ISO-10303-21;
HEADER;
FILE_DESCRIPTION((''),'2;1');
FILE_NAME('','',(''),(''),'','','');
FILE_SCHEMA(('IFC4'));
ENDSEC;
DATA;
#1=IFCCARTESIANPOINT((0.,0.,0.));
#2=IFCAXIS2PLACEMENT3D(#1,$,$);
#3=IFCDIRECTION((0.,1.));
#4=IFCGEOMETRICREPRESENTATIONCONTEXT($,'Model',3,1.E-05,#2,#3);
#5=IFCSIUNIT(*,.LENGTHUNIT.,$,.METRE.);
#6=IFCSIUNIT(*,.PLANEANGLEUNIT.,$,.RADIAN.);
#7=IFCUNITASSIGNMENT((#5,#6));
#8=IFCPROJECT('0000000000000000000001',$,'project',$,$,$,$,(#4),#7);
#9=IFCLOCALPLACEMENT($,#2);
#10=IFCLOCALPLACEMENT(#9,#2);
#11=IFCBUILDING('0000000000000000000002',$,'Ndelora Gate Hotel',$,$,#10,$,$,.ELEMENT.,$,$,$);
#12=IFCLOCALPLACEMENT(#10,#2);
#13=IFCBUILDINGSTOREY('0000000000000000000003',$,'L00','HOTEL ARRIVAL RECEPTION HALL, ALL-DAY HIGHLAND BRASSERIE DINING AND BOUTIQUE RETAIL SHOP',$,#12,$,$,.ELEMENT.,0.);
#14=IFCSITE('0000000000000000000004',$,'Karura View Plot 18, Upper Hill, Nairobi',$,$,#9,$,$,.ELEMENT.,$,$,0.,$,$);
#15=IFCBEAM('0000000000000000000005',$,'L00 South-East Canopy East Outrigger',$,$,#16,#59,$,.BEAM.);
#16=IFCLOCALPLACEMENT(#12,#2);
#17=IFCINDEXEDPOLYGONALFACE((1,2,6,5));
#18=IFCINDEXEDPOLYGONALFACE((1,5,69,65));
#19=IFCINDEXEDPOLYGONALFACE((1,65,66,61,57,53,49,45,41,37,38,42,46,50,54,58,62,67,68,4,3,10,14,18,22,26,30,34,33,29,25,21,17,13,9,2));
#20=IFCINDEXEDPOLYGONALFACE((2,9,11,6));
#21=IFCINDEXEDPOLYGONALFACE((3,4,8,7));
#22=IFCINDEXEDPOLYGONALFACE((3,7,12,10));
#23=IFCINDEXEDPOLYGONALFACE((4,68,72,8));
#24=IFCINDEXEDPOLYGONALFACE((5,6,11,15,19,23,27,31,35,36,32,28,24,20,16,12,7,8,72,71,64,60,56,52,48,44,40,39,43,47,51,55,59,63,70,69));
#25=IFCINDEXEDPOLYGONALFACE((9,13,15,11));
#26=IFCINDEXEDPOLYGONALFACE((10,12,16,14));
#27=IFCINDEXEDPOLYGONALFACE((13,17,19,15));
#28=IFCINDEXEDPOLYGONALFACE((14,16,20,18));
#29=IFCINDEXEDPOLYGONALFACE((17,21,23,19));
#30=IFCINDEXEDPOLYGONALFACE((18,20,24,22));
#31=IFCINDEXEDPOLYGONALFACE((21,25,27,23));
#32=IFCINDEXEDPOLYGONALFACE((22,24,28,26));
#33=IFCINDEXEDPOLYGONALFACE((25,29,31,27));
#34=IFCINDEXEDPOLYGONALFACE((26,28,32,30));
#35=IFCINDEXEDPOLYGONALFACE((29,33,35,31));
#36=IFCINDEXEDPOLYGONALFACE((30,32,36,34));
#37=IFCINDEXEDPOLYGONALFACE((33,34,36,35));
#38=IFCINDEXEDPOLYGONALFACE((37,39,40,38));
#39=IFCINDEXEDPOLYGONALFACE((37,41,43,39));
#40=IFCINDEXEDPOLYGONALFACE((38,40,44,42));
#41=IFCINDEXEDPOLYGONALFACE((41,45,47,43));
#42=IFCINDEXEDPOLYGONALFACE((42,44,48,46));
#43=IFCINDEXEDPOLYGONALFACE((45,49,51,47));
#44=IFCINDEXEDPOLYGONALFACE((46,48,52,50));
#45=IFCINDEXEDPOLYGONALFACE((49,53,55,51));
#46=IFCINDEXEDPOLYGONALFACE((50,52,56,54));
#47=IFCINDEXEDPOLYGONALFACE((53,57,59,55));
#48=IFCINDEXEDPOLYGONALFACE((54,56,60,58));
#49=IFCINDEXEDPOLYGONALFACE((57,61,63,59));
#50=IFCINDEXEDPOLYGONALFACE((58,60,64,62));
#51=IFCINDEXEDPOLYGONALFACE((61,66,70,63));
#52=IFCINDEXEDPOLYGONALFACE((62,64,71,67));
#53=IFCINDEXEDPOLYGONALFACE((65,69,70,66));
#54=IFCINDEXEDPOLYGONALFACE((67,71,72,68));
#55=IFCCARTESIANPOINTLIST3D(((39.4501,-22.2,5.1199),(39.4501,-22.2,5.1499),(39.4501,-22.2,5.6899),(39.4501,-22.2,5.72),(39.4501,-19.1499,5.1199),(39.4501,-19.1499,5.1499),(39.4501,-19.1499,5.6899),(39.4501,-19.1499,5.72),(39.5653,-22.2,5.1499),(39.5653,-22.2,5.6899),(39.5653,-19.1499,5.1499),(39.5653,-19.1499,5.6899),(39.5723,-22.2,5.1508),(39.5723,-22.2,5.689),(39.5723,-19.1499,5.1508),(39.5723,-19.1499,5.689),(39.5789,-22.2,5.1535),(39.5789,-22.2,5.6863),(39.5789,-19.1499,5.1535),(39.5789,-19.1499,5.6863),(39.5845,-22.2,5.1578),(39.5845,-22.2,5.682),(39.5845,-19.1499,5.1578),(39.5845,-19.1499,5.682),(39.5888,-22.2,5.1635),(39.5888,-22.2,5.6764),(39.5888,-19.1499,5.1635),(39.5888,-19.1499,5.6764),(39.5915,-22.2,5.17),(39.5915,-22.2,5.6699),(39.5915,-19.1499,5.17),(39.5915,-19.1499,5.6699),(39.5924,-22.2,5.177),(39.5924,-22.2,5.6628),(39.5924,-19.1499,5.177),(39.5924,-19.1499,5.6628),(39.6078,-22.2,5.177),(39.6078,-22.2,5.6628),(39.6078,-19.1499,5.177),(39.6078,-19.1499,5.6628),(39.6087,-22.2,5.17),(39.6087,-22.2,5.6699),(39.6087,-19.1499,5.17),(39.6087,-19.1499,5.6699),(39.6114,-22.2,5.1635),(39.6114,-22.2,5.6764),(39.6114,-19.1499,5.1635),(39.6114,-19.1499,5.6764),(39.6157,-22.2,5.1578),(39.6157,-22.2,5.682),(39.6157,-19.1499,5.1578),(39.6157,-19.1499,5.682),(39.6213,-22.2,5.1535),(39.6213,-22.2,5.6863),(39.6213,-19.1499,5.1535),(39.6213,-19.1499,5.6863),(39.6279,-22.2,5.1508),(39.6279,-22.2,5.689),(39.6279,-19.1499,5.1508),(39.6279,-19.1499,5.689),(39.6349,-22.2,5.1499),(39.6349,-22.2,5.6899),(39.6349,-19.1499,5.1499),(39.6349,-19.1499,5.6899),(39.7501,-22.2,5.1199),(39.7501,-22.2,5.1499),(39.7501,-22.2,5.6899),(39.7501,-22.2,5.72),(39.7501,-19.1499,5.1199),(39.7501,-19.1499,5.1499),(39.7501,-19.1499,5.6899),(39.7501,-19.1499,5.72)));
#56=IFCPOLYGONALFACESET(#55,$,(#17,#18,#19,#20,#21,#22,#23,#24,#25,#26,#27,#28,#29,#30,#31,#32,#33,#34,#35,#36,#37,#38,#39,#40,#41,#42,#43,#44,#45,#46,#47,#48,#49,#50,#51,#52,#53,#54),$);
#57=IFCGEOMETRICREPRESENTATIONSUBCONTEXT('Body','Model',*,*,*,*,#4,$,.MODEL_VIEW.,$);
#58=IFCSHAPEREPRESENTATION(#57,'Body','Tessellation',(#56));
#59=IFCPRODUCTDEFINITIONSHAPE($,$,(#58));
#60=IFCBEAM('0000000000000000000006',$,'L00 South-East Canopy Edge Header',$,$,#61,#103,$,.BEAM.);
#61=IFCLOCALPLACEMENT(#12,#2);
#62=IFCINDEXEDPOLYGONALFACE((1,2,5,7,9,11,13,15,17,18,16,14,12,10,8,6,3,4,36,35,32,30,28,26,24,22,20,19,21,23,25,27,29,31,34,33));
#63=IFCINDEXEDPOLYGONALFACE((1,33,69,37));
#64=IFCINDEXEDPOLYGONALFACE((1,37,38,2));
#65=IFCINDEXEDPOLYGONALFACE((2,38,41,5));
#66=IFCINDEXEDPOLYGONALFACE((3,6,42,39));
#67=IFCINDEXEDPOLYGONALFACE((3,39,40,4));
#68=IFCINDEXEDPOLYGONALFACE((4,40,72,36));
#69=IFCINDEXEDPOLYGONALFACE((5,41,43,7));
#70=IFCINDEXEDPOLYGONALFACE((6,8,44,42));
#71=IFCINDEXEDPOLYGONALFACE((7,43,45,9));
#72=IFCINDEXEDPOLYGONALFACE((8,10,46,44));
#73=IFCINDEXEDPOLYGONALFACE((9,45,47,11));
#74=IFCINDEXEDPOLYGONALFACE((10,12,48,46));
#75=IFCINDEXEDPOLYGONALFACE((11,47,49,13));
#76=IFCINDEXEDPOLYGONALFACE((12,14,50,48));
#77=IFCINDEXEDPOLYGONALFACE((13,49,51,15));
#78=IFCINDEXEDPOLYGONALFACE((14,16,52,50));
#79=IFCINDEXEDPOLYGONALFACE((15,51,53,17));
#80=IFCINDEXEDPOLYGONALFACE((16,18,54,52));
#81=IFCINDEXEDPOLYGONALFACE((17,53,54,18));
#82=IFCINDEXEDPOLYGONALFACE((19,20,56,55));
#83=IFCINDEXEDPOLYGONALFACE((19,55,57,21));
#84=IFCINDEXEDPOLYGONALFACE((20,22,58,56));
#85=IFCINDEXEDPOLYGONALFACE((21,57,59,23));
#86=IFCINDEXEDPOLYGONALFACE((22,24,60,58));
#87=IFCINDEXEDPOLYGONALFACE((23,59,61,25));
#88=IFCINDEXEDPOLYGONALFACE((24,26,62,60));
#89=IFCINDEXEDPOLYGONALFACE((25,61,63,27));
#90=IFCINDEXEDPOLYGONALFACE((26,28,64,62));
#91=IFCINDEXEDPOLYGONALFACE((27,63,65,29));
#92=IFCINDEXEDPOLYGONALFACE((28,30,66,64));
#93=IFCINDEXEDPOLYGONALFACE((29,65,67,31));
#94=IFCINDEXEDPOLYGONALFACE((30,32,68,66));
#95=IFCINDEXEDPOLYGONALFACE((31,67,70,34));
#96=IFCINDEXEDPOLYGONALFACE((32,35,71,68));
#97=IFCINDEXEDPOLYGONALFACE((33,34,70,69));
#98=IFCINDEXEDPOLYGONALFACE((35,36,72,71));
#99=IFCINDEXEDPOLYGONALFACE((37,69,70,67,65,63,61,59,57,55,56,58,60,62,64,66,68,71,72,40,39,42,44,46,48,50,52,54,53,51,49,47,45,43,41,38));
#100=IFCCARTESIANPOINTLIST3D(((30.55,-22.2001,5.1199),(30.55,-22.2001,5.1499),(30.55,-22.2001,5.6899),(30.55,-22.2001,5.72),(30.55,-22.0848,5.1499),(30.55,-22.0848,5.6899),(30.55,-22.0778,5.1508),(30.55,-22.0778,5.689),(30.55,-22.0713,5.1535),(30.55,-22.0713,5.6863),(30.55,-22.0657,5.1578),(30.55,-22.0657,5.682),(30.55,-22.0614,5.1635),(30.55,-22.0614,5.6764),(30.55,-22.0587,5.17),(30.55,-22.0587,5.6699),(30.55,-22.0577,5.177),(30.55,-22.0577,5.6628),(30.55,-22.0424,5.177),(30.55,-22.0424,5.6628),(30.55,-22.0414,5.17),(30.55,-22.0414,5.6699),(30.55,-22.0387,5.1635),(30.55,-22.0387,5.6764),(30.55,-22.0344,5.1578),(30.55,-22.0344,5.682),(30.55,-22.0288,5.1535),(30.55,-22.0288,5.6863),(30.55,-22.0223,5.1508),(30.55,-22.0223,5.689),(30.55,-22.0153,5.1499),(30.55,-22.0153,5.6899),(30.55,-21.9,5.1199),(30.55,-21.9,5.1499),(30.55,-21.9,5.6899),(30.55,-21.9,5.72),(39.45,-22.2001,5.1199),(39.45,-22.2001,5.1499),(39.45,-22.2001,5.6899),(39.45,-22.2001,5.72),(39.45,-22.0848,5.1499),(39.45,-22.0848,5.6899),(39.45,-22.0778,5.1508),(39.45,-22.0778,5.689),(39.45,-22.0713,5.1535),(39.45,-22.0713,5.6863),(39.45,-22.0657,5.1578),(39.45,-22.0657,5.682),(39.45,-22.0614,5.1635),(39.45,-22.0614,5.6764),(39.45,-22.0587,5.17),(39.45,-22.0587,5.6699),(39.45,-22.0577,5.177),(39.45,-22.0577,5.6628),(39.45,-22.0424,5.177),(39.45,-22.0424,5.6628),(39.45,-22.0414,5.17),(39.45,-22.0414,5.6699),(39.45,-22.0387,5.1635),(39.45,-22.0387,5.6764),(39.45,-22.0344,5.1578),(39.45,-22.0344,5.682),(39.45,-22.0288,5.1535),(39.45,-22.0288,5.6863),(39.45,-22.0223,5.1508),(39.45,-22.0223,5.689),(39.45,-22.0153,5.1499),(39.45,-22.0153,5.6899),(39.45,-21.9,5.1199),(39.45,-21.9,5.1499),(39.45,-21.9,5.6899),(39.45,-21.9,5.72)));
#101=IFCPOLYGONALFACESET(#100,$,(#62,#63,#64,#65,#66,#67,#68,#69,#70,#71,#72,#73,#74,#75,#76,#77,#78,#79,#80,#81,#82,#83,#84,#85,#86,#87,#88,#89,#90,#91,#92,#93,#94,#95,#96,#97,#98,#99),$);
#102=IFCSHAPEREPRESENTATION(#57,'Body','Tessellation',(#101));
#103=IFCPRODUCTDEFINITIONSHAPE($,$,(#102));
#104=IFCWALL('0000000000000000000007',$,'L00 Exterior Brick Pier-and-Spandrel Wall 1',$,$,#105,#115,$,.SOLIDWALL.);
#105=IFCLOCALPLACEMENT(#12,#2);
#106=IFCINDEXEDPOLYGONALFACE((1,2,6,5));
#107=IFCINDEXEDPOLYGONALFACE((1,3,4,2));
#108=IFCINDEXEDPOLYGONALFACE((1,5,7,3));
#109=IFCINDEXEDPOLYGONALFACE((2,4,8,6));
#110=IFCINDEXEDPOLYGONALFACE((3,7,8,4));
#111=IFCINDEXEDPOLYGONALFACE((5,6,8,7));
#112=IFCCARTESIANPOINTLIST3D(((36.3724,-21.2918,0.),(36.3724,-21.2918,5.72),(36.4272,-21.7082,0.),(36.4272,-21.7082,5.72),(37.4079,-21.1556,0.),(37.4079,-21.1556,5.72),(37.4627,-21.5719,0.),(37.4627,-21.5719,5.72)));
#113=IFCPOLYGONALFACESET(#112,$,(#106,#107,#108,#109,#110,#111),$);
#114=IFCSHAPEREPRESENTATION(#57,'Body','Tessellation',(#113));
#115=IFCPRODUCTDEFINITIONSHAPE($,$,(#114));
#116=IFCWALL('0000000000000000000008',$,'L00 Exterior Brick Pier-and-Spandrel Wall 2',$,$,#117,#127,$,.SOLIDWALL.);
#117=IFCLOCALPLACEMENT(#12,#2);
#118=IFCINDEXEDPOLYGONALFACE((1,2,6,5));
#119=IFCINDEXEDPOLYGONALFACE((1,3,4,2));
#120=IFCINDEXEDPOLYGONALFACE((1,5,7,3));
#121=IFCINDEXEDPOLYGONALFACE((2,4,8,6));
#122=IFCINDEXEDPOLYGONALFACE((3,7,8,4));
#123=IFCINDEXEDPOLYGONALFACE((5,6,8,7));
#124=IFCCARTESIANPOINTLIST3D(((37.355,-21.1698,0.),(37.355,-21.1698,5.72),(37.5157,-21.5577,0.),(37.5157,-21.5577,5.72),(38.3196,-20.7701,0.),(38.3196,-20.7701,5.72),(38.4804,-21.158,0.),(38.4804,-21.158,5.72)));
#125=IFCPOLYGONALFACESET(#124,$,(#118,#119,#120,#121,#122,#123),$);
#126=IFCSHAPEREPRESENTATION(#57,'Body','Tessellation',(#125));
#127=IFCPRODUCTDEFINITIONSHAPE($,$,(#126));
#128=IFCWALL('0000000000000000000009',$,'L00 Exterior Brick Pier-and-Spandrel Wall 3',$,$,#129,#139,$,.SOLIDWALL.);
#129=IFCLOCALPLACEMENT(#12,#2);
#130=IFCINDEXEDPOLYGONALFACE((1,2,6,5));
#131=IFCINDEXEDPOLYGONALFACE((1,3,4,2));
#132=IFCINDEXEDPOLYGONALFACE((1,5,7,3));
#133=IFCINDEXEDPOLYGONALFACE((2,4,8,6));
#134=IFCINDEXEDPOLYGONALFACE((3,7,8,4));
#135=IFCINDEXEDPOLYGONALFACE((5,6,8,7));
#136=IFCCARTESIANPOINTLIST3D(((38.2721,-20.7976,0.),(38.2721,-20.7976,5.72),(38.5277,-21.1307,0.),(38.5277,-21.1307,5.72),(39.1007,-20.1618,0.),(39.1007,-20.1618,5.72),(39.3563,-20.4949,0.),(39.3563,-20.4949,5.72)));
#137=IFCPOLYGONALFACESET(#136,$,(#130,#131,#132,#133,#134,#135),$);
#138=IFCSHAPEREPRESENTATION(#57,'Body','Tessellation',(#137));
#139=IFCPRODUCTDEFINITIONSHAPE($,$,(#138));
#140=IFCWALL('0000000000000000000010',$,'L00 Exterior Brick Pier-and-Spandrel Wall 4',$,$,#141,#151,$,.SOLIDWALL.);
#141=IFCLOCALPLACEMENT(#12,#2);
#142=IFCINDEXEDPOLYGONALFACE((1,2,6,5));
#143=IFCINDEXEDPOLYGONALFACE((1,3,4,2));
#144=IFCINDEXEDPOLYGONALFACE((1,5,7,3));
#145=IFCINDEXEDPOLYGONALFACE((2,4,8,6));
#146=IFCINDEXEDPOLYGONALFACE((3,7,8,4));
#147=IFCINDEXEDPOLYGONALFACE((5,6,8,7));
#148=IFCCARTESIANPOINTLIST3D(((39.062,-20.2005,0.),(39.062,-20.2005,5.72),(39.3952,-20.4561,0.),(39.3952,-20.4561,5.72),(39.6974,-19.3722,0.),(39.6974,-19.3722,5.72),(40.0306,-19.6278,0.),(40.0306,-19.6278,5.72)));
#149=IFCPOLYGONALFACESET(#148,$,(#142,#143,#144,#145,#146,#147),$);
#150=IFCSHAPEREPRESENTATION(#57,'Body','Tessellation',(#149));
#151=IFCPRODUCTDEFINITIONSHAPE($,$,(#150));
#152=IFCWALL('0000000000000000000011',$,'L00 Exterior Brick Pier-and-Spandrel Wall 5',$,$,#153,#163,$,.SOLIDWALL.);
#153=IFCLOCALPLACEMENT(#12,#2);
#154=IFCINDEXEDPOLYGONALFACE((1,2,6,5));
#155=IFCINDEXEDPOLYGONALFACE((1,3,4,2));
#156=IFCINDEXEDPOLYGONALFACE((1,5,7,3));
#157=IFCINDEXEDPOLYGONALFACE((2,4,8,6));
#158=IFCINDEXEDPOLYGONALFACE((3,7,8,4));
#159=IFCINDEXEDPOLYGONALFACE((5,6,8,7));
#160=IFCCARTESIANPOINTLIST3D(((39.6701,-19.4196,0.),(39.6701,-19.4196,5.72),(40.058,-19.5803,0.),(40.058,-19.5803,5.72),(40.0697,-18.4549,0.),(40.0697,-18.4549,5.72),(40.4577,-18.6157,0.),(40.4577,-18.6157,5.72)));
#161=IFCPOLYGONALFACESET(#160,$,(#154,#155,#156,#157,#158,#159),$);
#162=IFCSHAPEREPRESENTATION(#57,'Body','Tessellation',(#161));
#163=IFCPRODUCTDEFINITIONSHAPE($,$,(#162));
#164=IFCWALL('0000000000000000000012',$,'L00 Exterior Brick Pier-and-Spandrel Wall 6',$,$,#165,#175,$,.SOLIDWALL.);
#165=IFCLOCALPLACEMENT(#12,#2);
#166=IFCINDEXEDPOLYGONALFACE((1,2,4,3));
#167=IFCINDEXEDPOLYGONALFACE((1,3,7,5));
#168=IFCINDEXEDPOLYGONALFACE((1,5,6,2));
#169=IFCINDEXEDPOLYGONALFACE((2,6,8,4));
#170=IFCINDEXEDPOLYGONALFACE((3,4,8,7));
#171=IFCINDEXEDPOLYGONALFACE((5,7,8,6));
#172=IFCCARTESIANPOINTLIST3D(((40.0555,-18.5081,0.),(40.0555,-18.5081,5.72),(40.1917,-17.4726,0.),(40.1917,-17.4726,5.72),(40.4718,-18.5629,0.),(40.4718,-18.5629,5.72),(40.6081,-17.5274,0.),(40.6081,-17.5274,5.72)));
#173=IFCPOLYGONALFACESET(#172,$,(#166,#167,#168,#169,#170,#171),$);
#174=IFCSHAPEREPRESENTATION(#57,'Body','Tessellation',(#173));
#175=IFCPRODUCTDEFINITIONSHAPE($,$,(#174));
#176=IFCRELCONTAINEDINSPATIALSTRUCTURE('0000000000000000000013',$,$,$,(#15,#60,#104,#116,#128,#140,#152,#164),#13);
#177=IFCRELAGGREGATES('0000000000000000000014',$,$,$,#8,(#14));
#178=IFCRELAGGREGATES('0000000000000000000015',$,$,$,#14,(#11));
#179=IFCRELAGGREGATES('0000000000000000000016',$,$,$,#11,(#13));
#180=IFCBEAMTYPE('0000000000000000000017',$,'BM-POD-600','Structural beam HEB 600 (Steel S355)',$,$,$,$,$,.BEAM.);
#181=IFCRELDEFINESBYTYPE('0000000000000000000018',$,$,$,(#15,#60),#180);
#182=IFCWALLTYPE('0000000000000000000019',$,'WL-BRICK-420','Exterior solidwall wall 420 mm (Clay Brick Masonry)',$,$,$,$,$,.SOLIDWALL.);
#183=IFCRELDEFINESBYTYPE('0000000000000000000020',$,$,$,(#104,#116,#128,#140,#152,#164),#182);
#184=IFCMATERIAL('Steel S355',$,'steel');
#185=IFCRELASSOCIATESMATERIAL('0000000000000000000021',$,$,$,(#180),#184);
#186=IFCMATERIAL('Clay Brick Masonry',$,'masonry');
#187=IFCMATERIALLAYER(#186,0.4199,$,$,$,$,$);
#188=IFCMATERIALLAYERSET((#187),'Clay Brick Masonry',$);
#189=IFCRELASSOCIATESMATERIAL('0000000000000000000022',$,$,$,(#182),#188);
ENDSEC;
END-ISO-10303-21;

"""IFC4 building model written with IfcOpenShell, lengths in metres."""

from ifc_helpers import new_model, si_unit, direction, frame, frame_2d, origin, origin_2d, place, context, subcontext, project, spatial, rectangle, i_section, extrude, material, layer, layer_set, material_profile, profile_set, type_object, element, save


model = new_model("IFC4")

# Units and contexts
model_context = context("Model", 3, precision=1e-05, world=origin(), true_north=direction((0.0, 1.0)))
body_context = subcontext(model_context, "Body", "Model", "MODEL_VIEW")
ifc_project = project(units=[si_unit("LENGTHUNIT", "METRE"), si_unit("PLANEANGLEUNIT", "RADIAN")], contexts=[model_context])

# Site, building, storey
site_placement = place(None, origin())
site = spatial("IfcSite", under=ifc_project, at=site_placement, Name="Karura View Plot 18, Upper Hill, Nairobi", CompositionType="ELEMENT", RefElevation=0.0)
building_placement = place(site_placement, origin())
building = spatial("IfcBuilding", under=site, at=building_placement, Name="Ndelora Gate Hotel", CompositionType="ELEMENT")
storey_placement = place(building_placement, origin())
storey = spatial("IfcBuildingStorey", under=building, at=storey_placement, Name="L00", Description="HOTEL ARRIVAL RECEPTION HALL, ALL-DAY HIGHLAND BRASSERIE DINING AND BOUTIQUE RETAIL SHOP", CompositionType="ELEMENT", Elevation=0.0)

# Beams
ifc_material_1 = material(Name="Steel S355", Category="steel")
ifc_material_profile_1 = material_profile(ifc_material_1, i_section(OverallWidth=0.3, OverallDepth=0.6001, WebThickness=0.0154, FlangeThickness=0.03, FilletRadius=0.0271, at=origin_2d()), Name="HEB 600")
ifc_profile_set_1 = profile_set([ifc_material_profile_1], Name="Steel S355")
beam_type_1 = type_object("IfcBeamType", Name="BM-POD-600", Description="Structural beam HEB 600 (Steel S355)", PredefinedType="BEAM", material=ifc_profile_set_1)
beam_1_placement = place(storey_placement, frame((39.6001, -19.1499, 5.4199), z_axis=(0.0, -1.0, 0.0), x_axis=(1.0, 0.0, 0.0)))
element("IfcBeam", 1, at=beam_1_placement, inside=storey, type_object=beam_type_1, Name="L00 South-East Canopy East Outrigger", PredefinedType="BEAM", context=body_context, shape_type="SweptSolid", body=[
    extrude(i_section(OverallWidth=0.3, OverallDepth=0.6001, WebThickness=0.0154, FlangeThickness=0.03, FilletRadius=0.0271, at=origin_2d()), origin(), (0.0, 0.0, 1.0), 3.05),
])
beam_2_placement = place(storey_placement, frame((30.55, -22.05, 5.4199), z_axis=(1.0, 0.0, 0.0), x_axis=(0.0, 1.0, 0.0)))
element("IfcBeam", 2, at=beam_2_placement, inside=storey, type_object=beam_type_1, Name="L00 South-East Canopy Edge Header", PredefinedType="BEAM", context=body_context, shape_type="SweptSolid", body=[
    extrude(i_section(OverallWidth=0.3, OverallDepth=0.6001, WebThickness=0.0154, FlangeThickness=0.03, FilletRadius=0.0271, at=origin_2d()), origin(), (0.0, 0.0, 1.0), 8.8999),
])

# Walls
ifc_material_2 = material(Name="Clay Brick Masonry", Category="masonry")
ifc_layer_1 = layer(ifc_material_2, 0.4199)
ifc_layer_set_1 = layer_set([ifc_layer_1], Name="Clay Brick Masonry")
wall_type = type_object("IfcWallType", Name="WL-BRICK-420", Description="Exterior solidwall wall 420 mm (Clay Brick Masonry)", PredefinedType="SOLIDWALL", material=ifc_layer_set_1)
wall_1_placement = place(storey_placement, frame((37.4353, -21.3638, 0.0), z_axis=(0.0, 0.0, 1.0), x_axis=(-0.991455, -0.130448, 0.0)))
element("IfcWall", 3, at=wall_1_placement, inside=storey, type_object=wall_type, Name="L00 Exterior Brick Pier-and-Spandrel Wall 1", PredefinedType="SOLIDWALL", context=body_context, shape_type="SweptSolid", body=[
    extrude(rectangle(XDim=1.0444, YDim=0.4199, at=frame_2d((0.5222, 0.0))), origin(), (0.0, 0.0, 1.0), 5.72),
])
wall_2_placement = place(storey_placement, frame((38.3999, -20.9641, 0.0), z_axis=(0.0, 0.0, 1.0), x_axis=(-0.923843, -0.382772, 0.0)))
element("IfcWall", 4, at=wall_2_placement, inside=storey, type_object=wall_type, Name="L00 Exterior Brick Pier-and-Spandrel Wall 2", PredefinedType="SOLIDWALL", context=body_context, shape_type="SweptSolid", body=[
    extrude(rectangle(XDim=1.0442, YDim=0.4199, at=frame_2d((0.522, 0.0))), origin(), (0.0, 0.0, 1.0), 5.72),
])
wall_3_placement = place(storey_placement, frame((39.2285, -20.3284, 0.0), z_axis=(0.0, 0.0, 1.0), x_axis=(-0.793388, -0.608716, 0.0)))
element("IfcWall", 5, at=wall_3_placement, inside=storey, type_object=wall_type, Name="L00 Exterior Brick Pier-and-Spandrel Wall 3", PredefinedType="SOLIDWALL", context=body_context, shape_type="SweptSolid", body=[
    extrude(rectangle(XDim=1.0444, YDim=0.4199, at=frame_2d((0.5222, 0.0))), origin(), (0.0, 0.0, 1.0), 5.72),
])
wall_4_placement = place(storey_placement, frame((39.864, -19.5, 0.0), z_axis=(0.0, 0.0, 1.0), x_axis=(-0.608682, -0.793414, 0.0)))
element("IfcWall", 6, at=wall_4_placement, inside=storey, type_object=wall_type, Name="L00 Exterior Brick Pier-and-Spandrel Wall 4", PredefinedType="SOLIDWALL", context=body_context, shape_type="SweptSolid", body=[
    extrude(rectangle(XDim=1.0439, YDim=0.4199, at=frame_2d((0.522, 0.0))), origin(), (0.0, 0.0, 1.0), 5.72),
])
wall_5_placement = place(storey_placement, frame((40.2637, -18.5354, 0.0), z_axis=(0.0, 0.0, 1.0), x_axis=(-0.382772, -0.923843, 0.0)))
element("IfcWall", 7, at=wall_5_placement, inside=storey, type_object=wall_type, Name="L00 Exterior Brick Pier-and-Spandrel Wall 5", PredefinedType="SOLIDWALL", context=body_context, shape_type="SweptSolid", body=[
    extrude(rectangle(XDim=1.0442, YDim=0.4199, at=frame_2d((0.522, 0.0))), origin(), (0.0, 0.0, 1.0), 5.72),
])
wall_6_placement = place(storey_placement, frame((40.3999, -17.5, 0.0), z_axis=(0.0, 0.0, 1.0), x_axis=(-0.130448, -0.991455, 0.0)))
element("IfcWall", 8, at=wall_6_placement, inside=storey, type_object=wall_type, Name="L00 Exterior Brick Pier-and-Spandrel Wall 6", PredefinedType="SOLIDWALL", context=body_context, shape_type="SweptSolid", body=[
    extrude(rectangle(XDim=1.0444, YDim=0.4199, at=frame_2d((0.5222, 0.0))), origin(), (0.0, 0.0, 1.0), 5.72),
])

save(model, "model.ifc")
